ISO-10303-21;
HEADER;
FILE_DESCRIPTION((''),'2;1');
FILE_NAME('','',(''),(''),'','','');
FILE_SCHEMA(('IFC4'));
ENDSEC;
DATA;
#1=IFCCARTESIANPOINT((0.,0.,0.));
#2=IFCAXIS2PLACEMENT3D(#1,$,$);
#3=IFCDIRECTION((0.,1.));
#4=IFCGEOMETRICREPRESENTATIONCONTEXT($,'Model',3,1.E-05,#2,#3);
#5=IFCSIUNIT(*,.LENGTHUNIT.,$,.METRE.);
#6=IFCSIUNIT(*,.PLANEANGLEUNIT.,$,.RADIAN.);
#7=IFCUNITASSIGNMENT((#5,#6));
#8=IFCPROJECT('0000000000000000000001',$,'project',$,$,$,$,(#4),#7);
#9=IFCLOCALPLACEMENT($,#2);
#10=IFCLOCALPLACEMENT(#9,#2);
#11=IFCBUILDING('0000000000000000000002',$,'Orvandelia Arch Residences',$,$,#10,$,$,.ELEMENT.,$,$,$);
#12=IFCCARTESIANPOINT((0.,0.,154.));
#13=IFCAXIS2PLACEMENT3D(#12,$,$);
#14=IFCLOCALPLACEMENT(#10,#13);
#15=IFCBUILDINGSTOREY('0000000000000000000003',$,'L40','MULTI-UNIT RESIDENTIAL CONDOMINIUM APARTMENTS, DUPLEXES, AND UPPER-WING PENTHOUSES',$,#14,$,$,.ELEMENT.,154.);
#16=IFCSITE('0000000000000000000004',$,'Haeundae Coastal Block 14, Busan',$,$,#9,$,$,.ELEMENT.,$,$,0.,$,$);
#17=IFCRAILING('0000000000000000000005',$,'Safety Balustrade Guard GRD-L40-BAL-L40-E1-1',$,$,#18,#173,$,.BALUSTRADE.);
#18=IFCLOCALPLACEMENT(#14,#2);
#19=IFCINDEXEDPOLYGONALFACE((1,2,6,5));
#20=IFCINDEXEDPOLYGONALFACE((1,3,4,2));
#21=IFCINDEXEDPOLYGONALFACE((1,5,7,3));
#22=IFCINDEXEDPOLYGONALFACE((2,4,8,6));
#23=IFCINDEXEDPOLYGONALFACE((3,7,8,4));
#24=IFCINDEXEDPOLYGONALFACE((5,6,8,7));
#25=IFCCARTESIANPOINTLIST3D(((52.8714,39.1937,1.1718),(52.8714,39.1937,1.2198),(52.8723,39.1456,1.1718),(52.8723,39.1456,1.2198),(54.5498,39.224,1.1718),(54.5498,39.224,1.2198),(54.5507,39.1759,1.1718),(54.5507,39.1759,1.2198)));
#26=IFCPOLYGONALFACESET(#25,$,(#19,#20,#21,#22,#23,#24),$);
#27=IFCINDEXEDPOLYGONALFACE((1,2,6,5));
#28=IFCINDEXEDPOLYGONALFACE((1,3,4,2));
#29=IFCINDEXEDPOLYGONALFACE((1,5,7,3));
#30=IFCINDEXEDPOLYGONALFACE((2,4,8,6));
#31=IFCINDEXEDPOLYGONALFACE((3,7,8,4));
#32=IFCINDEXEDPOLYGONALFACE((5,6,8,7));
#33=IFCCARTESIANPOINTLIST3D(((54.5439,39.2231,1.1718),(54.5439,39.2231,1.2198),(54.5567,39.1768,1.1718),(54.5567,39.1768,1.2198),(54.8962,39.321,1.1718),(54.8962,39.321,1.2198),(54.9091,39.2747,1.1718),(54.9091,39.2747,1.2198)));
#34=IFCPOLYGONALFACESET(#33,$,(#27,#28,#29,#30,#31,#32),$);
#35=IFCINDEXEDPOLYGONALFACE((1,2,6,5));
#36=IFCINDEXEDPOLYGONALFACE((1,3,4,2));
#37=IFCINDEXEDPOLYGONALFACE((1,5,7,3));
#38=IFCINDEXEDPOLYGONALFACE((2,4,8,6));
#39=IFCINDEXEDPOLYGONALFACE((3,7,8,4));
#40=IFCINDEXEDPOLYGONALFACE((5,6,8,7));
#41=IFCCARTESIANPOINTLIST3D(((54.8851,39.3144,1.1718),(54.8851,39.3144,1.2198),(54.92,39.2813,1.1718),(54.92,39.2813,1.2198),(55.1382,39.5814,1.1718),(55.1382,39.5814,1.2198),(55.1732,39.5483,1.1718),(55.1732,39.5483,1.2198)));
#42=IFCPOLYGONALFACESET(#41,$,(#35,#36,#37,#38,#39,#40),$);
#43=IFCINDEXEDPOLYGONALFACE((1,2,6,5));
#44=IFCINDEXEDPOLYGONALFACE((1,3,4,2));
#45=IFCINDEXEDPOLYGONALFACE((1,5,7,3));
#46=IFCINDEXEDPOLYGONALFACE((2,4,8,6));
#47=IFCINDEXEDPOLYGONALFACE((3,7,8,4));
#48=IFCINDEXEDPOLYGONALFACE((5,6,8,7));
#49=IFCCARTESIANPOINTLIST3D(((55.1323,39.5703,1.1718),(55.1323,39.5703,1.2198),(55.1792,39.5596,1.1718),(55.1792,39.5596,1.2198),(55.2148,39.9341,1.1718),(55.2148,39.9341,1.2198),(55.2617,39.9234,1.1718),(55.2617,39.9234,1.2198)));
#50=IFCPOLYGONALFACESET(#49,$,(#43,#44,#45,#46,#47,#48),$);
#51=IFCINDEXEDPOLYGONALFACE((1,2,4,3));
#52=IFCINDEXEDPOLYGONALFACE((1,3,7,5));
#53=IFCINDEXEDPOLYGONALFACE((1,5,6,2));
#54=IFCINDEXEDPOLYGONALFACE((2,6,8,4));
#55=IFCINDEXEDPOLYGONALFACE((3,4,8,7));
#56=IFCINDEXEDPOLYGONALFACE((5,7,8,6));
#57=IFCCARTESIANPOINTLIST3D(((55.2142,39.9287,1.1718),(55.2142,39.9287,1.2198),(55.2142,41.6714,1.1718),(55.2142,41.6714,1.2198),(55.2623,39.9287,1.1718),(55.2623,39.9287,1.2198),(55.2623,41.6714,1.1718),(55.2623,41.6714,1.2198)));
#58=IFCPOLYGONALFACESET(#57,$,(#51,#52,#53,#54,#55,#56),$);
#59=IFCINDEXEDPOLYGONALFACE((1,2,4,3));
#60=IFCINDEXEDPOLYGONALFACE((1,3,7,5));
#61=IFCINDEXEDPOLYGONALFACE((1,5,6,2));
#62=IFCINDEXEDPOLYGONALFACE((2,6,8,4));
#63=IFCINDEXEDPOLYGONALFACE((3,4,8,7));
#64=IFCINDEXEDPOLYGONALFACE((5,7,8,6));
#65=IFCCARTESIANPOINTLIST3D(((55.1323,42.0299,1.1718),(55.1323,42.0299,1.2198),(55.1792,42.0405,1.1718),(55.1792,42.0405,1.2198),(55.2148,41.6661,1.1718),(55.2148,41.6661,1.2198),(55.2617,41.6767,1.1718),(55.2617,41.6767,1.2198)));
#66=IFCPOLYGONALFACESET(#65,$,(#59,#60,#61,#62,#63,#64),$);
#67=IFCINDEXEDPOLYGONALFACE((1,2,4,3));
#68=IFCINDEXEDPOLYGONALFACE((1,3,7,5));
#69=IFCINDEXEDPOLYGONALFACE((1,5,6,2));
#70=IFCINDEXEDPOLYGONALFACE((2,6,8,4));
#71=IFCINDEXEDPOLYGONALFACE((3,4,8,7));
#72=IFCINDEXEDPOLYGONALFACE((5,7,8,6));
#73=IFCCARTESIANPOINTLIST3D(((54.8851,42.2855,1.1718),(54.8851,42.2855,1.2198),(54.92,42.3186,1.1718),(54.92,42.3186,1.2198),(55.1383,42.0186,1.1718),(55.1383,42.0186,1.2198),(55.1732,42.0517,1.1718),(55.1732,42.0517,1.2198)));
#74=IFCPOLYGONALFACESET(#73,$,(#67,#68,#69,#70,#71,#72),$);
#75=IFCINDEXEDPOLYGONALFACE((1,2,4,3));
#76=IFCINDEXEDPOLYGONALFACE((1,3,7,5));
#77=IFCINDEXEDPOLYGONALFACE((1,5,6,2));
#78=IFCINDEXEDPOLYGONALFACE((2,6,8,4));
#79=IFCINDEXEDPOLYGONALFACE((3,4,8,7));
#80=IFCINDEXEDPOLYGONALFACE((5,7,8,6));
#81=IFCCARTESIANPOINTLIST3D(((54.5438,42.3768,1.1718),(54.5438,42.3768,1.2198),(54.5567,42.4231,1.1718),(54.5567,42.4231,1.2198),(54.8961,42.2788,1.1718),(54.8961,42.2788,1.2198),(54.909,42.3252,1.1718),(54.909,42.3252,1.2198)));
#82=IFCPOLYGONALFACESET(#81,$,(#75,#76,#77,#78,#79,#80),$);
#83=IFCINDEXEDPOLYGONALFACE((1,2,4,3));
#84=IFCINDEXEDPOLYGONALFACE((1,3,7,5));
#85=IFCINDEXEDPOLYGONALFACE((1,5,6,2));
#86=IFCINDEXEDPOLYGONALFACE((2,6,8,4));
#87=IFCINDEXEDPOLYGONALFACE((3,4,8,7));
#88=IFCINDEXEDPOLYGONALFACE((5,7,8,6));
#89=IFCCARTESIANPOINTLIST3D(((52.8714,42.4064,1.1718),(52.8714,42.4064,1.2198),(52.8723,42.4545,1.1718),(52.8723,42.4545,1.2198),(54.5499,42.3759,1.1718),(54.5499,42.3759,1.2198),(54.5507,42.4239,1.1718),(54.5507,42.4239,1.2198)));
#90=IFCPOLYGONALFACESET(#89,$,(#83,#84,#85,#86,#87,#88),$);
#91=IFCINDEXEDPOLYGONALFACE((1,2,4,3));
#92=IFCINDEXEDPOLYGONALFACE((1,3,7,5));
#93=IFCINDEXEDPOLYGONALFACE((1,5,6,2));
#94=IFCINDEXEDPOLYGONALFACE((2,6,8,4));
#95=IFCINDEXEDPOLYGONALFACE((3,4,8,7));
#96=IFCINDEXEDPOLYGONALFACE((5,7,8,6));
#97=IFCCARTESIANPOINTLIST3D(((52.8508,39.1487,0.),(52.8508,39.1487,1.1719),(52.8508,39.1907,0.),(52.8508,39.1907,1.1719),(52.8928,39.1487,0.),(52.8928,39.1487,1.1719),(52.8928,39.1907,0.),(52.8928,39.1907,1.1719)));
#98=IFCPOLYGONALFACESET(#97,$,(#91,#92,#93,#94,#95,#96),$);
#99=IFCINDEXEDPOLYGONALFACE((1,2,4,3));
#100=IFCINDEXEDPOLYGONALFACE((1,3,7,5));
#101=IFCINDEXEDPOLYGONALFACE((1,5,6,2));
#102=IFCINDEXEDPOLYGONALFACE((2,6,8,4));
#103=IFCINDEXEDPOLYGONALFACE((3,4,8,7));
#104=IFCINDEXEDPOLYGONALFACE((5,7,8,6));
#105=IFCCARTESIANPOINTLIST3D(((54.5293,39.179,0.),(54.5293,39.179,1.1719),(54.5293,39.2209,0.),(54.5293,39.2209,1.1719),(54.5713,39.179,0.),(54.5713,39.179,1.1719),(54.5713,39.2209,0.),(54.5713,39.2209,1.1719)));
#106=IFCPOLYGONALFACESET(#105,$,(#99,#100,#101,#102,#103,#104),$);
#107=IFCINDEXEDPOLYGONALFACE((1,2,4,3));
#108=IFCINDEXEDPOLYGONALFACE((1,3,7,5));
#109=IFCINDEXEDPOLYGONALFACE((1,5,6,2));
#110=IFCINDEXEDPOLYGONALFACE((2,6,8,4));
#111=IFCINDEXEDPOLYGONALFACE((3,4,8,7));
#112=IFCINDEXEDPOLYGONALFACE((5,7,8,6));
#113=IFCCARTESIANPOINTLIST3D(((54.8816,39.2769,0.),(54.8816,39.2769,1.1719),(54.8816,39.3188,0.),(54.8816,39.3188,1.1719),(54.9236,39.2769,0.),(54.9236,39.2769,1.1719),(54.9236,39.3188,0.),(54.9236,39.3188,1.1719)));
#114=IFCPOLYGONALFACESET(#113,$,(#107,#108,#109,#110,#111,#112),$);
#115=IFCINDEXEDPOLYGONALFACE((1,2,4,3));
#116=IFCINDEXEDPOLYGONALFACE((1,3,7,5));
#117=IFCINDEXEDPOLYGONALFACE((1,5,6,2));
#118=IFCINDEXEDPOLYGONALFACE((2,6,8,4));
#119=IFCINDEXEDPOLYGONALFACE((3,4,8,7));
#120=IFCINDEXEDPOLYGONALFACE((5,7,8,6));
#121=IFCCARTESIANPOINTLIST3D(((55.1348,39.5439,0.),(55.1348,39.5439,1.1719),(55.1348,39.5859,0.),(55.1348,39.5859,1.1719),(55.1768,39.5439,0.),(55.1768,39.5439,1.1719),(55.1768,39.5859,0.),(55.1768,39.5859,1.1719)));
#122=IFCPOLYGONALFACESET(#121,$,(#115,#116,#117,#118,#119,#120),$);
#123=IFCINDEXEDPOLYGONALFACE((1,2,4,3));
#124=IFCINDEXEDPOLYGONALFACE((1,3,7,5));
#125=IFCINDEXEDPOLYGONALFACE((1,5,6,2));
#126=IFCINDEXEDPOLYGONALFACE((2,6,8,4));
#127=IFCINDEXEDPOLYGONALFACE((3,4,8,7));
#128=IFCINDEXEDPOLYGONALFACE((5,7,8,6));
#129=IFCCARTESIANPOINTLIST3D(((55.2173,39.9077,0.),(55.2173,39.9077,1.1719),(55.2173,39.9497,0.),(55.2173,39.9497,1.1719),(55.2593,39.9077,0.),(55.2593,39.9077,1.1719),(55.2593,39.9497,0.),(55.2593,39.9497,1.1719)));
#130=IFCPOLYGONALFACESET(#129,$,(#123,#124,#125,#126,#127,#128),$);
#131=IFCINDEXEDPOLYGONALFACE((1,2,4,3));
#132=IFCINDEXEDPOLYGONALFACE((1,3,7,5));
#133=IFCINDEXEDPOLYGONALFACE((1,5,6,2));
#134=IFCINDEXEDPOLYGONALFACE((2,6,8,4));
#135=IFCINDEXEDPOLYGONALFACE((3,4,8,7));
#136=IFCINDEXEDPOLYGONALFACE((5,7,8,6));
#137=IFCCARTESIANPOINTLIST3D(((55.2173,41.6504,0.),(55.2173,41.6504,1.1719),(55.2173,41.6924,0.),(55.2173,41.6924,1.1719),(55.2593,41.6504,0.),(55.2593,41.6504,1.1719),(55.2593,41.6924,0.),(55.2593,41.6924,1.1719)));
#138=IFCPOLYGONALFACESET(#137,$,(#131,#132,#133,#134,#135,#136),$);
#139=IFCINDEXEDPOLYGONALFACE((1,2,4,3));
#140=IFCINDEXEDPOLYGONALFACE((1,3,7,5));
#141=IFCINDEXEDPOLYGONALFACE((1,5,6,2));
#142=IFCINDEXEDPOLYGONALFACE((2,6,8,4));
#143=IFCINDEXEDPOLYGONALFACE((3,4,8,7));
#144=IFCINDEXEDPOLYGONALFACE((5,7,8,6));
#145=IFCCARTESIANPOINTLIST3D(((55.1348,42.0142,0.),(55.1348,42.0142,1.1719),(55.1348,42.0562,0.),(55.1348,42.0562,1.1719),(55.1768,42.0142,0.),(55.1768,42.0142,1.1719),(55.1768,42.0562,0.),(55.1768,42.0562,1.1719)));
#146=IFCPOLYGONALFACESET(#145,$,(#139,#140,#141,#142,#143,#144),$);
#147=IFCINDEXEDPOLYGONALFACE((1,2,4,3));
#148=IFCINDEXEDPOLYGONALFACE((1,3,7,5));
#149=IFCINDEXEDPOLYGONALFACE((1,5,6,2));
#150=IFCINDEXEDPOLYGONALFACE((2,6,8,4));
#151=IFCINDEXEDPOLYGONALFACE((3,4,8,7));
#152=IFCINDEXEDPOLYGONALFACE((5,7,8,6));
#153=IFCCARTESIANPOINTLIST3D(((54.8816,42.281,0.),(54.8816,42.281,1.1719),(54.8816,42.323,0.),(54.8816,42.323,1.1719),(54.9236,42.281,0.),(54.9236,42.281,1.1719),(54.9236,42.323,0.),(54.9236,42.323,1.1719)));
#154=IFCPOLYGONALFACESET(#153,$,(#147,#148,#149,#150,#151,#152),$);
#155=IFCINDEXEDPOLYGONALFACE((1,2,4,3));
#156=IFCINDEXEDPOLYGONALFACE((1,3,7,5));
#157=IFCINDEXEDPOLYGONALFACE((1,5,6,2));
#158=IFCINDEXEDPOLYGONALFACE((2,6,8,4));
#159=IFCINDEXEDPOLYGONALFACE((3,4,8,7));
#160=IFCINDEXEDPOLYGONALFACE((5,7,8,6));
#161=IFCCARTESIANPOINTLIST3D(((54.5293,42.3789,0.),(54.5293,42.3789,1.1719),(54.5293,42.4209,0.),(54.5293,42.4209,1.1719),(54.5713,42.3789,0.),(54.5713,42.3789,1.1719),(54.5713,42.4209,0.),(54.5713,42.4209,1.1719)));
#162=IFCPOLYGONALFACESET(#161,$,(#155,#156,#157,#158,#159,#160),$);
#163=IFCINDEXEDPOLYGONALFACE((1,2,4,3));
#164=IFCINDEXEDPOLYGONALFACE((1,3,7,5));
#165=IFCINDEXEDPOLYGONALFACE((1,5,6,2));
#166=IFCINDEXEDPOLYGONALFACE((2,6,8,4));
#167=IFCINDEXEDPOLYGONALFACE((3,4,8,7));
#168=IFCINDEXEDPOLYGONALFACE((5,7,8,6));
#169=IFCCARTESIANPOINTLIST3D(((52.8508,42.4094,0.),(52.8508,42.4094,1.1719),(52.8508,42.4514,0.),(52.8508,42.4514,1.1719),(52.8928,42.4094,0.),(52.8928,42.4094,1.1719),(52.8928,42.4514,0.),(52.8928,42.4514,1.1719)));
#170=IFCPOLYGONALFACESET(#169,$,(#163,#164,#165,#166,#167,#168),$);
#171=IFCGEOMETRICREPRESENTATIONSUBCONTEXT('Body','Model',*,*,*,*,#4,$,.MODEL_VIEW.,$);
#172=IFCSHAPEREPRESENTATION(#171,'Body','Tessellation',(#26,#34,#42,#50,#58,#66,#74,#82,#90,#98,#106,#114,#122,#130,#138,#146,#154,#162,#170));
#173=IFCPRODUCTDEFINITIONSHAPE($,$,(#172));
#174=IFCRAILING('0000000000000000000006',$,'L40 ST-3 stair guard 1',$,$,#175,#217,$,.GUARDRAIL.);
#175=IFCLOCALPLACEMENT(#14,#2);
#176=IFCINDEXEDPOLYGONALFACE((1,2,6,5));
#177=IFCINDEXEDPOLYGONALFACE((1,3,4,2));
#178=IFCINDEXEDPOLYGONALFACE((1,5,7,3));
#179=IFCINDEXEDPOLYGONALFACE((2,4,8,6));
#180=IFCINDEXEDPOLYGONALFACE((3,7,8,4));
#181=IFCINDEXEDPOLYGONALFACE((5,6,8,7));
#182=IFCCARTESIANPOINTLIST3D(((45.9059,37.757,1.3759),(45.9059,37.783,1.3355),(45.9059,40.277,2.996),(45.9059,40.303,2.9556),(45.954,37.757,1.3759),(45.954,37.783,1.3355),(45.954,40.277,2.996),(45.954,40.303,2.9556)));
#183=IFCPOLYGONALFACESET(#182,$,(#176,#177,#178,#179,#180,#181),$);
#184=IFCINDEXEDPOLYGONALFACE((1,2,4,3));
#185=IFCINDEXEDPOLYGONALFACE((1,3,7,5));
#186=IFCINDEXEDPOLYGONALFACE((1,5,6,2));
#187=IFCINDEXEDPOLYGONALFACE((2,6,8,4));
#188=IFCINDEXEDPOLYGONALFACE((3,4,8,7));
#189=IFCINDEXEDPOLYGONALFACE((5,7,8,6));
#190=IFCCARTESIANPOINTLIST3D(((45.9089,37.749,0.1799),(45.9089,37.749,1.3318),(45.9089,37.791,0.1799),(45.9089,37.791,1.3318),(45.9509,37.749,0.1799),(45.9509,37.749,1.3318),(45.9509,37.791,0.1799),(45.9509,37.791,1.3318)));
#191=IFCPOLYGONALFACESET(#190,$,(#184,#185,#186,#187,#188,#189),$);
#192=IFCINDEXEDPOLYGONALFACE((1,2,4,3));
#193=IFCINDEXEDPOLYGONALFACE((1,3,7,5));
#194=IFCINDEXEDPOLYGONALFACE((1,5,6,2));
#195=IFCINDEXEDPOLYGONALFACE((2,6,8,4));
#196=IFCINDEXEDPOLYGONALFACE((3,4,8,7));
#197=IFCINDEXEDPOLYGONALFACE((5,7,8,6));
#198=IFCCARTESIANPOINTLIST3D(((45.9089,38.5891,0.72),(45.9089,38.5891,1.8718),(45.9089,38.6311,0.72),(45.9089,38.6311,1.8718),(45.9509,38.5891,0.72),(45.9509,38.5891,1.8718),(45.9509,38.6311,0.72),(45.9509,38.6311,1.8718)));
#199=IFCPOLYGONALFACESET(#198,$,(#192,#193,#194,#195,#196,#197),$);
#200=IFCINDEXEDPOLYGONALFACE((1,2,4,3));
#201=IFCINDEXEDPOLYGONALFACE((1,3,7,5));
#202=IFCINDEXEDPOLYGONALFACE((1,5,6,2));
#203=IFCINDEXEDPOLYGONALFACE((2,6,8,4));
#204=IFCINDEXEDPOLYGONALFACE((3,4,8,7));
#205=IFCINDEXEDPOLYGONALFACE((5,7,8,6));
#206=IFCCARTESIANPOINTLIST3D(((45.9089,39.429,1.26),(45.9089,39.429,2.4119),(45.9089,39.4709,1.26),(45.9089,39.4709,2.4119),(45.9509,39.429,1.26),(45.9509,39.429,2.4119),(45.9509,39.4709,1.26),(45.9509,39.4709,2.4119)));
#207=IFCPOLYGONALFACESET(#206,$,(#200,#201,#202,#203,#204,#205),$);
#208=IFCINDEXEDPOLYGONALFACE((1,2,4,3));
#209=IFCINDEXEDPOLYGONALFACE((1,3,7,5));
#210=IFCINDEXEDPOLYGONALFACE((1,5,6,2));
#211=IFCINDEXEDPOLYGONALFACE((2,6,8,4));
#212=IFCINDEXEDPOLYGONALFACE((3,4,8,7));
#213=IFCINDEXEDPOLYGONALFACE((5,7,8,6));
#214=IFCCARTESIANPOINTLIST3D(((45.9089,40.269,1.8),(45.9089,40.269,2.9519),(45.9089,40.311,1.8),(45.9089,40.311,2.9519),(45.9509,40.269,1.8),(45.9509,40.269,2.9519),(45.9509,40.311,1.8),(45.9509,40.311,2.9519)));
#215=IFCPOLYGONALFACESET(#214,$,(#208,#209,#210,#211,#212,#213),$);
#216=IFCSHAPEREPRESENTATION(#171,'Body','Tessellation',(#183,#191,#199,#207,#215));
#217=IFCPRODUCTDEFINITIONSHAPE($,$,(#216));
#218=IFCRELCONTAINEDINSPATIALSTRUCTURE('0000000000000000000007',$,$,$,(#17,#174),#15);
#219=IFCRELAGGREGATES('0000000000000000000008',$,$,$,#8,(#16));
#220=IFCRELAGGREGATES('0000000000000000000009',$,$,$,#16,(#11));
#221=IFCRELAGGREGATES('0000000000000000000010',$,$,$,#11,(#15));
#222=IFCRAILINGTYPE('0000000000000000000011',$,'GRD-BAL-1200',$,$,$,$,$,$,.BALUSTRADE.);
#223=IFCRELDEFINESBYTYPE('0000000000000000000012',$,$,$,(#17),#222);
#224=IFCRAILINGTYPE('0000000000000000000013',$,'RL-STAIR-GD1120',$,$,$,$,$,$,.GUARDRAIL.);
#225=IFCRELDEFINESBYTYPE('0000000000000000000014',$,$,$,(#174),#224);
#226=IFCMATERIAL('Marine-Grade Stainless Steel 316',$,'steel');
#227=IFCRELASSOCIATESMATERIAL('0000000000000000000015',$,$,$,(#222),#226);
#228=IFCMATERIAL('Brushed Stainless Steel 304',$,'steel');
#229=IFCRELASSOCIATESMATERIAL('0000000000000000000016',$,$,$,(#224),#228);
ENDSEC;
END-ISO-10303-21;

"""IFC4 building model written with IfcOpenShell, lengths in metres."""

from ifc_helpers import new_model, si_unit, direction, frame, origin, origin_2d, place, context, subcontext, project, spatial, rectangle, extrude, material, type_object, element, save


model = new_model("IFC4")

# Units and contexts
model_context = context("Model", 3, precision=1e-05, world=origin(), true_north=direction((0.0, 1.0)))
body_context = subcontext(model_context, "Body", "Model", "MODEL_VIEW")
ifc_project = project(units=[si_unit("LENGTHUNIT", "METRE"), si_unit("PLANEANGLEUNIT", "RADIAN")], contexts=[model_context])

# Site, building, storey
site_placement = place(None, origin())
site = spatial("IfcSite", under=ifc_project, at=site_placement, Name="Haeundae Coastal Block 14, Busan", CompositionType="ELEMENT", RefElevation=0.0)
building_placement = place(site_placement, origin())
building = spatial("IfcBuilding", under=site, at=building_placement, Name="Orvandelia Arch Residences", CompositionType="ELEMENT")
storey_placement = place(building_placement, frame((0.0, 0.0, 154.0)))
storey = spatial("IfcBuildingStorey", under=building, at=storey_placement, Name="L40", Description="MULTI-UNIT RESIDENTIAL CONDOMINIUM APARTMENTS, DUPLEXES, AND UPPER-WING PENTHOUSES", CompositionType="ELEMENT", Elevation=154.0)

# Railings
ifc_material_1 = material(Name="Marine-Grade Stainless Steel 316", Category="steel")
railing_type_1 = type_object("IfcRailingType", Name="GRD-BAL-1200", PredefinedType="BALUSTRADE", material=ifc_material_1)
railing_1_placement = place(storey_placement, frame((52.8718, 39.1697, 0.0)))
element("IfcRailing", 1, at=railing_1_placement, inside=storey, type_object=railing_type_1, Name="Safety Balustrade Guard GRD-L40-BAL-L40-E1-1", PredefinedType="BALUSTRADE", context=body_context, shape_type="SweptSolid", body=[
    extrude(rectangle(XDim=0.0481, YDim=0.0481, at=origin_2d()), frame((0.0, 0.0, 1.1958), z_axis=(0.999837, 0.018033, 0.0), x_axis=(-0.018033, 0.999837, 0.0)), (0.0, 0.0, 1.0), 1.6787),
    extrude(rectangle(XDim=0.0481, YDim=0.0481, at=origin_2d()), frame((1.6785, 0.0303, 1.1958), z_axis=(0.963489, 0.267747, 0.0), x_axis=(-0.267747, 0.963489, 0.0)), (0.0, 0.0, 1.0), 0.3657),
    extrude(rectangle(XDim=0.0481, YDim=0.0481, at=origin_2d()), frame((2.0308, 0.1282, 1.1958), z_axis=(0.687947, 0.725761, 0.0), x_axis=(-0.725761, 0.687947, 0.0)), (0.0, 0.0, 1.0), 0.3679),
    extrude(rectangle(XDim=0.0481, YDim=0.0481, at=origin_2d()), frame((2.2839, 0.3953, 1.1958), z_axis=(0.221225, 0.975223, 0.0), x_axis=(-0.975223, 0.221225, 0.0)), (0.0, 0.0, 1.0), 0.373),
    extrude(rectangle(XDim=0.0481, YDim=0.0481, at=origin_2d()), frame((2.3665, 0.759, 1.1958), z_axis=(0.0, 1.0, 0.0), x_axis=(-1.0, 0.0, 0.0)), (0.0, 0.0, 1.0), 1.7427),
    extrude(rectangle(XDim=0.0481, YDim=0.0481, at=origin_2d()), frame((2.3665, 2.5017, 1.1958), z_axis=(-0.221225, 0.975223, 0.0), x_axis=(-0.975223, -0.221225, 0.0)), (0.0, 0.0, 1.0), 0.373),
    extrude(rectangle(XDim=0.0481, YDim=0.0481, at=origin_2d()), frame((2.2839, 2.8655, 1.1958), z_axis=(-0.688278, 0.725447, 0.0), x_axis=(-0.725447, -0.688278, 0.0)), (0.0, 0.0, 1.0), 0.3679),
    extrude(rectangle(XDim=0.0481, YDim=0.0481, at=origin_2d()), frame((2.0308, 3.1323, 1.1958), z_axis=(-0.963489, 0.267747, 0.0), x_axis=(-0.267747, -0.963489, 0.0)), (0.0, 0.0, 1.0), 0.3657),
    extrude(rectangle(XDim=0.0481, YDim=0.0481, at=origin_2d()), frame((1.6785, 3.2302, 1.1958), z_axis=(-0.999835, 0.018179, 0.0), x_axis=(-0.018179, -0.999835, 0.0)), (0.0, 0.0, 1.0), 1.6787),
    extrude(rectangle(XDim=0.042, YDim=0.042, at=origin_2d()), origin(), (0.0, 0.0, 1.0), 1.1719),
    extrude(rectangle(XDim=0.042, YDim=0.042, at=origin_2d()), frame((1.6785, 0.0303, 0.0)), (0.0, 0.0, 1.0), 1.1719),
    extrude(rectangle(XDim=0.042, YDim=0.042, at=origin_2d()), frame((2.0308, 0.1282, 0.0)), (0.0, 0.0, 1.0), 1.1719),
    extrude(rectangle(XDim=0.042, YDim=0.042, at=origin_2d()), frame((2.2839, 0.3953, 0.0)), (0.0, 0.0, 1.0), 1.1719),
    extrude(rectangle(XDim=0.042, YDim=0.042, at=origin_2d()), frame((2.3665, 0.759, 0.0)), (0.0, 0.0, 1.0), 1.1719),
    extrude(rectangle(XDim=0.042, YDim=0.042, at=origin_2d()), frame((2.3665, 2.5017, 0.0)), (0.0, 0.0, 1.0), 1.1719),
    extrude(rectangle(XDim=0.042, YDim=0.042, at=origin_2d()), frame((2.2839, 2.8655, 0.0)), (0.0, 0.0, 1.0), 1.1719),
    extrude(rectangle(XDim=0.042, YDim=0.042, at=origin_2d()), frame((2.0308, 3.1323, 0.0)), (0.0, 0.0, 1.0), 1.1719),
    extrude(rectangle(XDim=0.042, YDim=0.042, at=origin_2d()), frame((1.6785, 3.2302, 0.0)), (0.0, 0.0, 1.0), 1.1719),
    extrude(rectangle(XDim=0.042, YDim=0.042, at=origin_2d()), frame((0.0, 3.2607, 0.0)), (0.0, 0.0, 1.0), 1.1719),
])
ifc_material_2 = material(Name="Brushed Stainless Steel 304", Category="steel")
railing_type_2 = type_object("IfcRailingType", Name="RL-STAIR-GD1120", PredefinedType="GUARDRAIL", material=ifc_material_2)
railing_2_placement = place(storey_placement, frame((45.9299, 37.77, 0.1799)))
element("IfcRailing", 2, at=railing_2_placement, inside=storey, type_object=railing_type_2, Name="L40 ST-3 stair guard 1", PredefinedType="GUARDRAIL", context=body_context, shape_type="SweptSolid", body=[
    extrude(rectangle(XDim=0.0481, YDim=0.0481, at=origin_2d()), frame((0.0, 0.0, 1.1758), z_axis=(0.0, 0.841163, 0.540782), x_axis=(-1.0, 0.0, 0.0)), (0.0, 0.0, 1.0), 2.9958),
    extrude(rectangle(XDim=0.042, YDim=0.042, at=origin_2d()), origin(), (0.0, 0.0, 1.0), 1.1519),
    extrude(rectangle(XDim=0.042, YDim=0.042, at=origin_2d()), frame((0.0, 0.8401, 0.54)), (0.0, 0.0, 1.0), 1.1519),
    extrude(rectangle(XDim=0.042, YDim=0.042, at=origin_2d()), frame((0.0, 1.6799, 1.0801)), (0.0, 0.0, 1.0), 1.1519),
    extrude(rectangle(XDim=0.042, YDim=0.042, at=origin_2d()), frame((0.0, 2.52, 1.6201)), (0.0, 0.0, 1.0), 1.1519),
])

save(model, "model.ifc")
